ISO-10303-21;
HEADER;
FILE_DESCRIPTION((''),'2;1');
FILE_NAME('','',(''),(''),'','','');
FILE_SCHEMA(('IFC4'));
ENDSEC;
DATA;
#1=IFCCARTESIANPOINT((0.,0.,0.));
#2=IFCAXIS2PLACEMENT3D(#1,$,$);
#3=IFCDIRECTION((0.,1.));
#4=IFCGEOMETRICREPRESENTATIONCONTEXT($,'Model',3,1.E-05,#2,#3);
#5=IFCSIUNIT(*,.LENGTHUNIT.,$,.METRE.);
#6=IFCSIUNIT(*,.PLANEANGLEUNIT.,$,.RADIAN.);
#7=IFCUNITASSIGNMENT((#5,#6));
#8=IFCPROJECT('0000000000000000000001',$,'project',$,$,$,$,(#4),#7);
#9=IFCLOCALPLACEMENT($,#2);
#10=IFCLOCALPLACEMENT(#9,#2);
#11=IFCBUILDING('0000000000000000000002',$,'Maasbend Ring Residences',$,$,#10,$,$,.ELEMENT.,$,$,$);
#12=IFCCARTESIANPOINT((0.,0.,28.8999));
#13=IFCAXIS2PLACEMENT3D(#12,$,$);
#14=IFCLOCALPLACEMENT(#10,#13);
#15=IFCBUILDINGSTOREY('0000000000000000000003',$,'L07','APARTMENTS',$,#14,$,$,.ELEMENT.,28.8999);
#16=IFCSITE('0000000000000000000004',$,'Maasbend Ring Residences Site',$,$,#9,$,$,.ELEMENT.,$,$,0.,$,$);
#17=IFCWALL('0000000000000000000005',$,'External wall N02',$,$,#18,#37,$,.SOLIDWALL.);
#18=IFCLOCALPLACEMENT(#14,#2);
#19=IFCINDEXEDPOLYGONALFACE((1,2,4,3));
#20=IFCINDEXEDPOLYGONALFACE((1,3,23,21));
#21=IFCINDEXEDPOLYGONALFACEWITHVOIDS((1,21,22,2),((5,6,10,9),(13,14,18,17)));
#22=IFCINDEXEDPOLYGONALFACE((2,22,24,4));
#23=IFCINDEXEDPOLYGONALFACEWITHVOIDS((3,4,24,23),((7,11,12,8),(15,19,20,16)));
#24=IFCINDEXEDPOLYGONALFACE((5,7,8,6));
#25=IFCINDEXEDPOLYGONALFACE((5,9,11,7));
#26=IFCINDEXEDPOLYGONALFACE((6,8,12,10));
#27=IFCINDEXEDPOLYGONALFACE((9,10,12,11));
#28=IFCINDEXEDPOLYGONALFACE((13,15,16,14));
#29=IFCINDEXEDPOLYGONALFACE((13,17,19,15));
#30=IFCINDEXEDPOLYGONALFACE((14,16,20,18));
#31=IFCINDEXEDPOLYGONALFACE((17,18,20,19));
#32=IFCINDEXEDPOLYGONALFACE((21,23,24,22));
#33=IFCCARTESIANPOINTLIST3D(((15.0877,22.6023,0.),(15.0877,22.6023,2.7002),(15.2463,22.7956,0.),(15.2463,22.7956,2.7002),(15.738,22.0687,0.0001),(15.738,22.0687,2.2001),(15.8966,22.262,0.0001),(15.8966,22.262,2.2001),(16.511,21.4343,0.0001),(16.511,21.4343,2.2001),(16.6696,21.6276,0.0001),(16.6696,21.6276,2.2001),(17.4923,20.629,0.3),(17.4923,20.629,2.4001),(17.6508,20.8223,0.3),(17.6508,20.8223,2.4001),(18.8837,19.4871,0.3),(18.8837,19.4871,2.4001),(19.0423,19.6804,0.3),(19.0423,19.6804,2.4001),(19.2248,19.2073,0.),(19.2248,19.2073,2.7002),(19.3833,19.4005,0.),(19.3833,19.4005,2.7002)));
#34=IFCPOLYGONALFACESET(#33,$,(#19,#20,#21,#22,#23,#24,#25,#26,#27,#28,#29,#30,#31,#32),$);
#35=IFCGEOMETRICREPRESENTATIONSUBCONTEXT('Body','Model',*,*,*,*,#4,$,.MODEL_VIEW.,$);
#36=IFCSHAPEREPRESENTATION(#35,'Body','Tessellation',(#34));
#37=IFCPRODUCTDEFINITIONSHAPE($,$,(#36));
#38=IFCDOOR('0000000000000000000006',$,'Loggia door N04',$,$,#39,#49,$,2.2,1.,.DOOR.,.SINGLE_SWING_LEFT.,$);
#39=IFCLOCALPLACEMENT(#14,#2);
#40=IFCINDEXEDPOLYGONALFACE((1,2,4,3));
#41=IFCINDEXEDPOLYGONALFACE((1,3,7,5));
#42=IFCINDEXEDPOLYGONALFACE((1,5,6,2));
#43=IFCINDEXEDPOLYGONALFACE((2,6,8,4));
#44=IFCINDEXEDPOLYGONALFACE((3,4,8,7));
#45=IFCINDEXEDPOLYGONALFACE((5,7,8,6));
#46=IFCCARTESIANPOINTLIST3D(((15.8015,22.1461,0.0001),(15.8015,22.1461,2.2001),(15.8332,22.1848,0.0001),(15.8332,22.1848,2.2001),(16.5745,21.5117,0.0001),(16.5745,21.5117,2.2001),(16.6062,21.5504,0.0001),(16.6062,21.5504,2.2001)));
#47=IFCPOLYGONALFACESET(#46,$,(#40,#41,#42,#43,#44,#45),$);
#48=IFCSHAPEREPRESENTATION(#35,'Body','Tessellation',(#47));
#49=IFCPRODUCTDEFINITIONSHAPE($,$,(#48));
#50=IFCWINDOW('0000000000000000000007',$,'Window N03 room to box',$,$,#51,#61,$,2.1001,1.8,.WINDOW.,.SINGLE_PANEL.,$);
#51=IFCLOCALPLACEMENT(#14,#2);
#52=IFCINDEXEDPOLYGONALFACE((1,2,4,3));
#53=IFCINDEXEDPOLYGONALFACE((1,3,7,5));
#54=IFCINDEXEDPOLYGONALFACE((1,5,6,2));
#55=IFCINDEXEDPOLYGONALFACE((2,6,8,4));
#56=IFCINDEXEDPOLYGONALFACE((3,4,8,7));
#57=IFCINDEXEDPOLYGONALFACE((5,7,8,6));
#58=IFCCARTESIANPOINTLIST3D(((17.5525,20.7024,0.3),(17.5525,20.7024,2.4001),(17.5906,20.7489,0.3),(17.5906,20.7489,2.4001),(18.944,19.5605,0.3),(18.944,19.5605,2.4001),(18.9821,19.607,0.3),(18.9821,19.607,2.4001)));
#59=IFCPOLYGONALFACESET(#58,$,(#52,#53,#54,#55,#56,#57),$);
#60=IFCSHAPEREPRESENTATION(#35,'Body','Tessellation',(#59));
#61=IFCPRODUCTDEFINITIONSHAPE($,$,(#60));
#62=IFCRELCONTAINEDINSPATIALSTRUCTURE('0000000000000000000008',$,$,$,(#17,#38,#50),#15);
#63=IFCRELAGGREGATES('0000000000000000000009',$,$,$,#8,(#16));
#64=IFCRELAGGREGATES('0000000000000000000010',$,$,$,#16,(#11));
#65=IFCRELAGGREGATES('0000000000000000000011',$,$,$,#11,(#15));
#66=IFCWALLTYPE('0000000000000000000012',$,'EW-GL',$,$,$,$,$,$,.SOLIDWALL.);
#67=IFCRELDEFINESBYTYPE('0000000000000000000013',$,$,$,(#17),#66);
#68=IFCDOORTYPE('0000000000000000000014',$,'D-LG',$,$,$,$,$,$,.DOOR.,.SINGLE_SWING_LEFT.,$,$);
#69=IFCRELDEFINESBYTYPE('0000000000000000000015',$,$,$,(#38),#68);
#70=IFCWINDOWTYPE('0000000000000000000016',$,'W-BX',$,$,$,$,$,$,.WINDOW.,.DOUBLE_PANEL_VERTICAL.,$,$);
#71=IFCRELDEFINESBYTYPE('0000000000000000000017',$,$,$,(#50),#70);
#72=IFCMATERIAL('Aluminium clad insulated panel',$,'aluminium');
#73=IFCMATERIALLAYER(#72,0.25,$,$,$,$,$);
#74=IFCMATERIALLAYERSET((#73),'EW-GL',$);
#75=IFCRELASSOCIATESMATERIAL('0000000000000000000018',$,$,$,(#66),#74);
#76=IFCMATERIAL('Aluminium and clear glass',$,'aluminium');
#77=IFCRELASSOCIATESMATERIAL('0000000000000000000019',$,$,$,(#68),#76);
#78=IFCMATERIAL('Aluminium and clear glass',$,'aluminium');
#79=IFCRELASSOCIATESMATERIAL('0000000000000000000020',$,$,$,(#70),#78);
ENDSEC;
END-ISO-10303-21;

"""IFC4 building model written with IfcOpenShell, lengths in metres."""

from ifc_helpers import new_model, si_unit, direction, frame, frame_2d, origin, place, context, subcontext, project, spatial, rectangle, extrude, material, layer, layer_set, type_object, element, fill, save


model = new_model("IFC4")

# Units and contexts
model_context = context("Model", 3, precision=1e-05, world=origin(), true_north=direction((0.0, 1.0)))
body_context = subcontext(model_context, "Body", "Model", "MODEL_VIEW")
ifc_project = project(units=[si_unit("LENGTHUNIT", "METRE"), si_unit("PLANEANGLEUNIT", "RADIAN")], contexts=[model_context])

# Site, building, storey
site_placement = place(None, origin())
site = spatial("IfcSite", under=ifc_project, at=site_placement, Name="Maasbend Ring Residences Site", CompositionType="ELEMENT", RefElevation=0.0)
building_placement = place(site_placement, origin())
building = spatial("IfcBuilding", under=site, at=building_placement, Name="Maasbend Ring Residences", CompositionType="ELEMENT")
storey_placement = place(building_placement, frame((0.0, 0.0, 28.8999)))
storey = spatial("IfcBuildingStorey", under=building, at=storey_placement, Name="L07", Description="APARTMENTS", CompositionType="ELEMENT", Elevation=28.8999)

# Wall, openings, door, window
ifc_material_1 = material(Name="Aluminium clad insulated panel", Category="aluminium")
ifc_layer_1 = layer(ifc_material_1, 0.25)
ifc_layer_set_1 = layer_set([ifc_layer_1], Name="EW-GL")
wall_type_1 = type_object("IfcWallType", Name="EW-GL", PredefinedType="SOLIDWALL", material=ifc_layer_set_1)
ifc_material_2 = material(Name="Aluminium and clear glass", Category="aluminium")
door_type = type_object("IfcDoorType", Name="D-LG", OperationType="SINGLE_SWING_LEFT", PredefinedType="DOOR", material=ifc_material_2)
ifc_material_3 = material(Name="Aluminium and clear glass", Category="aluminium")
window_type_1 = type_object("IfcWindowType", Name="W-BX", PartitioningType="DOUBLE_PANEL_VERTICAL", PredefinedType="WINDOW", material=ifc_material_3)
wall_1_placement = place(storey_placement, frame((19.304, 19.304, 0.0), z_axis=(0.0, 0.0, 1.0), x_axis=(-0.773019, 0.634382, 0.0)))
wall_1 = element("IfcWall", 1, at=wall_1_placement, inside=storey, type_object=wall_type_1, Name="External wall N02", PredefinedType="SOLIDWALL", context=body_context, shape_type="SweptSolid", body=[
    extrude(rectangle(XDim=5.3518, YDim=0.25, at=frame_2d((2.6758, 0.0))), origin(), (0.0, 0.0, 1.0), 2.7002),
])
opening_1_placement = place(wall_1_placement, frame((0.4412, 0.0, 0.3)))
opening_1 = element("IfcOpeningElement", 2, at=opening_1_placement, cuts=wall_1, PredefinedType="OPENING", context=body_context, shape_type="SweptSolid", body=[
    extrude(rectangle(XDim=1.8, YDim=2.1001, at=frame_2d((0.8999, 1.05))), frame((0.0, 0.135, 0.0), z_axis=(0.0, -1.0, 0.0), x_axis=(1.0, 0.0, 0.0)), (0.0, 0.0, 1.0), 0.27),
])
opening_2_placement = place(wall_1_placement, frame((3.5105, 0.0, 0.0)))
opening_2 = element("IfcOpeningElement", 3, at=opening_2_placement, cuts=wall_1, PredefinedType="OPENING", context=body_context, shape_type="SweptSolid", body=[
    extrude(rectangle(XDim=1.0, YDim=2.2, at=frame_2d((0.5, 1.1001))), frame((0.0, 0.135, 0.0), z_axis=(0.0, -1.0, 0.0), x_axis=(1.0, 0.0, 0.0)), (0.0, 0.0, 1.0), 0.27),
])
door_1_placement = place(opening_2_placement, origin())
door_1 = element("IfcDoor", 4, at=door_1_placement, inside=storey, type_object=door_type, Name="Loggia door N04", OperationType="SINGLE_SWING_LEFT", OverallHeight=2.2, OverallWidth=1.0, PredefinedType="DOOR", context=body_context, shape_type="SweptSolid", body=[
    extrude(rectangle(XDim=1.0, YDim=2.2, at=frame_2d((0.5, 1.1001))), frame((0.0, 0.0249, 0.0), z_axis=(0.0, -1.0, 0.0), x_axis=(1.0, 0.0, 0.0)), (0.0, 0.0, 1.0), 0.05),
])
fill(opening_2, door_1)
window_1_placement = place(opening_1_placement, origin())
window_1 = element("IfcWindow", 5, at=window_1_placement, inside=storey, type_object=window_type_1, Name="Window N03 room to box", OverallHeight=2.1001, OverallWidth=1.8, PartitioningType="SINGLE_PANEL", PredefinedType="WINDOW", context=body_context, shape_type="SweptSolid", body=[
    extrude(rectangle(XDim=1.8, YDim=2.1001, at=frame_2d((0.8999, 1.05))), frame((0.0, 0.03, 0.0), z_axis=(0.0, -1.0, 0.0), x_axis=(1.0, 0.0, 0.0)), (0.0, 0.0, 1.0), 0.0601),
])
fill(opening_1, window_1)

save(model, "model.ifc")
